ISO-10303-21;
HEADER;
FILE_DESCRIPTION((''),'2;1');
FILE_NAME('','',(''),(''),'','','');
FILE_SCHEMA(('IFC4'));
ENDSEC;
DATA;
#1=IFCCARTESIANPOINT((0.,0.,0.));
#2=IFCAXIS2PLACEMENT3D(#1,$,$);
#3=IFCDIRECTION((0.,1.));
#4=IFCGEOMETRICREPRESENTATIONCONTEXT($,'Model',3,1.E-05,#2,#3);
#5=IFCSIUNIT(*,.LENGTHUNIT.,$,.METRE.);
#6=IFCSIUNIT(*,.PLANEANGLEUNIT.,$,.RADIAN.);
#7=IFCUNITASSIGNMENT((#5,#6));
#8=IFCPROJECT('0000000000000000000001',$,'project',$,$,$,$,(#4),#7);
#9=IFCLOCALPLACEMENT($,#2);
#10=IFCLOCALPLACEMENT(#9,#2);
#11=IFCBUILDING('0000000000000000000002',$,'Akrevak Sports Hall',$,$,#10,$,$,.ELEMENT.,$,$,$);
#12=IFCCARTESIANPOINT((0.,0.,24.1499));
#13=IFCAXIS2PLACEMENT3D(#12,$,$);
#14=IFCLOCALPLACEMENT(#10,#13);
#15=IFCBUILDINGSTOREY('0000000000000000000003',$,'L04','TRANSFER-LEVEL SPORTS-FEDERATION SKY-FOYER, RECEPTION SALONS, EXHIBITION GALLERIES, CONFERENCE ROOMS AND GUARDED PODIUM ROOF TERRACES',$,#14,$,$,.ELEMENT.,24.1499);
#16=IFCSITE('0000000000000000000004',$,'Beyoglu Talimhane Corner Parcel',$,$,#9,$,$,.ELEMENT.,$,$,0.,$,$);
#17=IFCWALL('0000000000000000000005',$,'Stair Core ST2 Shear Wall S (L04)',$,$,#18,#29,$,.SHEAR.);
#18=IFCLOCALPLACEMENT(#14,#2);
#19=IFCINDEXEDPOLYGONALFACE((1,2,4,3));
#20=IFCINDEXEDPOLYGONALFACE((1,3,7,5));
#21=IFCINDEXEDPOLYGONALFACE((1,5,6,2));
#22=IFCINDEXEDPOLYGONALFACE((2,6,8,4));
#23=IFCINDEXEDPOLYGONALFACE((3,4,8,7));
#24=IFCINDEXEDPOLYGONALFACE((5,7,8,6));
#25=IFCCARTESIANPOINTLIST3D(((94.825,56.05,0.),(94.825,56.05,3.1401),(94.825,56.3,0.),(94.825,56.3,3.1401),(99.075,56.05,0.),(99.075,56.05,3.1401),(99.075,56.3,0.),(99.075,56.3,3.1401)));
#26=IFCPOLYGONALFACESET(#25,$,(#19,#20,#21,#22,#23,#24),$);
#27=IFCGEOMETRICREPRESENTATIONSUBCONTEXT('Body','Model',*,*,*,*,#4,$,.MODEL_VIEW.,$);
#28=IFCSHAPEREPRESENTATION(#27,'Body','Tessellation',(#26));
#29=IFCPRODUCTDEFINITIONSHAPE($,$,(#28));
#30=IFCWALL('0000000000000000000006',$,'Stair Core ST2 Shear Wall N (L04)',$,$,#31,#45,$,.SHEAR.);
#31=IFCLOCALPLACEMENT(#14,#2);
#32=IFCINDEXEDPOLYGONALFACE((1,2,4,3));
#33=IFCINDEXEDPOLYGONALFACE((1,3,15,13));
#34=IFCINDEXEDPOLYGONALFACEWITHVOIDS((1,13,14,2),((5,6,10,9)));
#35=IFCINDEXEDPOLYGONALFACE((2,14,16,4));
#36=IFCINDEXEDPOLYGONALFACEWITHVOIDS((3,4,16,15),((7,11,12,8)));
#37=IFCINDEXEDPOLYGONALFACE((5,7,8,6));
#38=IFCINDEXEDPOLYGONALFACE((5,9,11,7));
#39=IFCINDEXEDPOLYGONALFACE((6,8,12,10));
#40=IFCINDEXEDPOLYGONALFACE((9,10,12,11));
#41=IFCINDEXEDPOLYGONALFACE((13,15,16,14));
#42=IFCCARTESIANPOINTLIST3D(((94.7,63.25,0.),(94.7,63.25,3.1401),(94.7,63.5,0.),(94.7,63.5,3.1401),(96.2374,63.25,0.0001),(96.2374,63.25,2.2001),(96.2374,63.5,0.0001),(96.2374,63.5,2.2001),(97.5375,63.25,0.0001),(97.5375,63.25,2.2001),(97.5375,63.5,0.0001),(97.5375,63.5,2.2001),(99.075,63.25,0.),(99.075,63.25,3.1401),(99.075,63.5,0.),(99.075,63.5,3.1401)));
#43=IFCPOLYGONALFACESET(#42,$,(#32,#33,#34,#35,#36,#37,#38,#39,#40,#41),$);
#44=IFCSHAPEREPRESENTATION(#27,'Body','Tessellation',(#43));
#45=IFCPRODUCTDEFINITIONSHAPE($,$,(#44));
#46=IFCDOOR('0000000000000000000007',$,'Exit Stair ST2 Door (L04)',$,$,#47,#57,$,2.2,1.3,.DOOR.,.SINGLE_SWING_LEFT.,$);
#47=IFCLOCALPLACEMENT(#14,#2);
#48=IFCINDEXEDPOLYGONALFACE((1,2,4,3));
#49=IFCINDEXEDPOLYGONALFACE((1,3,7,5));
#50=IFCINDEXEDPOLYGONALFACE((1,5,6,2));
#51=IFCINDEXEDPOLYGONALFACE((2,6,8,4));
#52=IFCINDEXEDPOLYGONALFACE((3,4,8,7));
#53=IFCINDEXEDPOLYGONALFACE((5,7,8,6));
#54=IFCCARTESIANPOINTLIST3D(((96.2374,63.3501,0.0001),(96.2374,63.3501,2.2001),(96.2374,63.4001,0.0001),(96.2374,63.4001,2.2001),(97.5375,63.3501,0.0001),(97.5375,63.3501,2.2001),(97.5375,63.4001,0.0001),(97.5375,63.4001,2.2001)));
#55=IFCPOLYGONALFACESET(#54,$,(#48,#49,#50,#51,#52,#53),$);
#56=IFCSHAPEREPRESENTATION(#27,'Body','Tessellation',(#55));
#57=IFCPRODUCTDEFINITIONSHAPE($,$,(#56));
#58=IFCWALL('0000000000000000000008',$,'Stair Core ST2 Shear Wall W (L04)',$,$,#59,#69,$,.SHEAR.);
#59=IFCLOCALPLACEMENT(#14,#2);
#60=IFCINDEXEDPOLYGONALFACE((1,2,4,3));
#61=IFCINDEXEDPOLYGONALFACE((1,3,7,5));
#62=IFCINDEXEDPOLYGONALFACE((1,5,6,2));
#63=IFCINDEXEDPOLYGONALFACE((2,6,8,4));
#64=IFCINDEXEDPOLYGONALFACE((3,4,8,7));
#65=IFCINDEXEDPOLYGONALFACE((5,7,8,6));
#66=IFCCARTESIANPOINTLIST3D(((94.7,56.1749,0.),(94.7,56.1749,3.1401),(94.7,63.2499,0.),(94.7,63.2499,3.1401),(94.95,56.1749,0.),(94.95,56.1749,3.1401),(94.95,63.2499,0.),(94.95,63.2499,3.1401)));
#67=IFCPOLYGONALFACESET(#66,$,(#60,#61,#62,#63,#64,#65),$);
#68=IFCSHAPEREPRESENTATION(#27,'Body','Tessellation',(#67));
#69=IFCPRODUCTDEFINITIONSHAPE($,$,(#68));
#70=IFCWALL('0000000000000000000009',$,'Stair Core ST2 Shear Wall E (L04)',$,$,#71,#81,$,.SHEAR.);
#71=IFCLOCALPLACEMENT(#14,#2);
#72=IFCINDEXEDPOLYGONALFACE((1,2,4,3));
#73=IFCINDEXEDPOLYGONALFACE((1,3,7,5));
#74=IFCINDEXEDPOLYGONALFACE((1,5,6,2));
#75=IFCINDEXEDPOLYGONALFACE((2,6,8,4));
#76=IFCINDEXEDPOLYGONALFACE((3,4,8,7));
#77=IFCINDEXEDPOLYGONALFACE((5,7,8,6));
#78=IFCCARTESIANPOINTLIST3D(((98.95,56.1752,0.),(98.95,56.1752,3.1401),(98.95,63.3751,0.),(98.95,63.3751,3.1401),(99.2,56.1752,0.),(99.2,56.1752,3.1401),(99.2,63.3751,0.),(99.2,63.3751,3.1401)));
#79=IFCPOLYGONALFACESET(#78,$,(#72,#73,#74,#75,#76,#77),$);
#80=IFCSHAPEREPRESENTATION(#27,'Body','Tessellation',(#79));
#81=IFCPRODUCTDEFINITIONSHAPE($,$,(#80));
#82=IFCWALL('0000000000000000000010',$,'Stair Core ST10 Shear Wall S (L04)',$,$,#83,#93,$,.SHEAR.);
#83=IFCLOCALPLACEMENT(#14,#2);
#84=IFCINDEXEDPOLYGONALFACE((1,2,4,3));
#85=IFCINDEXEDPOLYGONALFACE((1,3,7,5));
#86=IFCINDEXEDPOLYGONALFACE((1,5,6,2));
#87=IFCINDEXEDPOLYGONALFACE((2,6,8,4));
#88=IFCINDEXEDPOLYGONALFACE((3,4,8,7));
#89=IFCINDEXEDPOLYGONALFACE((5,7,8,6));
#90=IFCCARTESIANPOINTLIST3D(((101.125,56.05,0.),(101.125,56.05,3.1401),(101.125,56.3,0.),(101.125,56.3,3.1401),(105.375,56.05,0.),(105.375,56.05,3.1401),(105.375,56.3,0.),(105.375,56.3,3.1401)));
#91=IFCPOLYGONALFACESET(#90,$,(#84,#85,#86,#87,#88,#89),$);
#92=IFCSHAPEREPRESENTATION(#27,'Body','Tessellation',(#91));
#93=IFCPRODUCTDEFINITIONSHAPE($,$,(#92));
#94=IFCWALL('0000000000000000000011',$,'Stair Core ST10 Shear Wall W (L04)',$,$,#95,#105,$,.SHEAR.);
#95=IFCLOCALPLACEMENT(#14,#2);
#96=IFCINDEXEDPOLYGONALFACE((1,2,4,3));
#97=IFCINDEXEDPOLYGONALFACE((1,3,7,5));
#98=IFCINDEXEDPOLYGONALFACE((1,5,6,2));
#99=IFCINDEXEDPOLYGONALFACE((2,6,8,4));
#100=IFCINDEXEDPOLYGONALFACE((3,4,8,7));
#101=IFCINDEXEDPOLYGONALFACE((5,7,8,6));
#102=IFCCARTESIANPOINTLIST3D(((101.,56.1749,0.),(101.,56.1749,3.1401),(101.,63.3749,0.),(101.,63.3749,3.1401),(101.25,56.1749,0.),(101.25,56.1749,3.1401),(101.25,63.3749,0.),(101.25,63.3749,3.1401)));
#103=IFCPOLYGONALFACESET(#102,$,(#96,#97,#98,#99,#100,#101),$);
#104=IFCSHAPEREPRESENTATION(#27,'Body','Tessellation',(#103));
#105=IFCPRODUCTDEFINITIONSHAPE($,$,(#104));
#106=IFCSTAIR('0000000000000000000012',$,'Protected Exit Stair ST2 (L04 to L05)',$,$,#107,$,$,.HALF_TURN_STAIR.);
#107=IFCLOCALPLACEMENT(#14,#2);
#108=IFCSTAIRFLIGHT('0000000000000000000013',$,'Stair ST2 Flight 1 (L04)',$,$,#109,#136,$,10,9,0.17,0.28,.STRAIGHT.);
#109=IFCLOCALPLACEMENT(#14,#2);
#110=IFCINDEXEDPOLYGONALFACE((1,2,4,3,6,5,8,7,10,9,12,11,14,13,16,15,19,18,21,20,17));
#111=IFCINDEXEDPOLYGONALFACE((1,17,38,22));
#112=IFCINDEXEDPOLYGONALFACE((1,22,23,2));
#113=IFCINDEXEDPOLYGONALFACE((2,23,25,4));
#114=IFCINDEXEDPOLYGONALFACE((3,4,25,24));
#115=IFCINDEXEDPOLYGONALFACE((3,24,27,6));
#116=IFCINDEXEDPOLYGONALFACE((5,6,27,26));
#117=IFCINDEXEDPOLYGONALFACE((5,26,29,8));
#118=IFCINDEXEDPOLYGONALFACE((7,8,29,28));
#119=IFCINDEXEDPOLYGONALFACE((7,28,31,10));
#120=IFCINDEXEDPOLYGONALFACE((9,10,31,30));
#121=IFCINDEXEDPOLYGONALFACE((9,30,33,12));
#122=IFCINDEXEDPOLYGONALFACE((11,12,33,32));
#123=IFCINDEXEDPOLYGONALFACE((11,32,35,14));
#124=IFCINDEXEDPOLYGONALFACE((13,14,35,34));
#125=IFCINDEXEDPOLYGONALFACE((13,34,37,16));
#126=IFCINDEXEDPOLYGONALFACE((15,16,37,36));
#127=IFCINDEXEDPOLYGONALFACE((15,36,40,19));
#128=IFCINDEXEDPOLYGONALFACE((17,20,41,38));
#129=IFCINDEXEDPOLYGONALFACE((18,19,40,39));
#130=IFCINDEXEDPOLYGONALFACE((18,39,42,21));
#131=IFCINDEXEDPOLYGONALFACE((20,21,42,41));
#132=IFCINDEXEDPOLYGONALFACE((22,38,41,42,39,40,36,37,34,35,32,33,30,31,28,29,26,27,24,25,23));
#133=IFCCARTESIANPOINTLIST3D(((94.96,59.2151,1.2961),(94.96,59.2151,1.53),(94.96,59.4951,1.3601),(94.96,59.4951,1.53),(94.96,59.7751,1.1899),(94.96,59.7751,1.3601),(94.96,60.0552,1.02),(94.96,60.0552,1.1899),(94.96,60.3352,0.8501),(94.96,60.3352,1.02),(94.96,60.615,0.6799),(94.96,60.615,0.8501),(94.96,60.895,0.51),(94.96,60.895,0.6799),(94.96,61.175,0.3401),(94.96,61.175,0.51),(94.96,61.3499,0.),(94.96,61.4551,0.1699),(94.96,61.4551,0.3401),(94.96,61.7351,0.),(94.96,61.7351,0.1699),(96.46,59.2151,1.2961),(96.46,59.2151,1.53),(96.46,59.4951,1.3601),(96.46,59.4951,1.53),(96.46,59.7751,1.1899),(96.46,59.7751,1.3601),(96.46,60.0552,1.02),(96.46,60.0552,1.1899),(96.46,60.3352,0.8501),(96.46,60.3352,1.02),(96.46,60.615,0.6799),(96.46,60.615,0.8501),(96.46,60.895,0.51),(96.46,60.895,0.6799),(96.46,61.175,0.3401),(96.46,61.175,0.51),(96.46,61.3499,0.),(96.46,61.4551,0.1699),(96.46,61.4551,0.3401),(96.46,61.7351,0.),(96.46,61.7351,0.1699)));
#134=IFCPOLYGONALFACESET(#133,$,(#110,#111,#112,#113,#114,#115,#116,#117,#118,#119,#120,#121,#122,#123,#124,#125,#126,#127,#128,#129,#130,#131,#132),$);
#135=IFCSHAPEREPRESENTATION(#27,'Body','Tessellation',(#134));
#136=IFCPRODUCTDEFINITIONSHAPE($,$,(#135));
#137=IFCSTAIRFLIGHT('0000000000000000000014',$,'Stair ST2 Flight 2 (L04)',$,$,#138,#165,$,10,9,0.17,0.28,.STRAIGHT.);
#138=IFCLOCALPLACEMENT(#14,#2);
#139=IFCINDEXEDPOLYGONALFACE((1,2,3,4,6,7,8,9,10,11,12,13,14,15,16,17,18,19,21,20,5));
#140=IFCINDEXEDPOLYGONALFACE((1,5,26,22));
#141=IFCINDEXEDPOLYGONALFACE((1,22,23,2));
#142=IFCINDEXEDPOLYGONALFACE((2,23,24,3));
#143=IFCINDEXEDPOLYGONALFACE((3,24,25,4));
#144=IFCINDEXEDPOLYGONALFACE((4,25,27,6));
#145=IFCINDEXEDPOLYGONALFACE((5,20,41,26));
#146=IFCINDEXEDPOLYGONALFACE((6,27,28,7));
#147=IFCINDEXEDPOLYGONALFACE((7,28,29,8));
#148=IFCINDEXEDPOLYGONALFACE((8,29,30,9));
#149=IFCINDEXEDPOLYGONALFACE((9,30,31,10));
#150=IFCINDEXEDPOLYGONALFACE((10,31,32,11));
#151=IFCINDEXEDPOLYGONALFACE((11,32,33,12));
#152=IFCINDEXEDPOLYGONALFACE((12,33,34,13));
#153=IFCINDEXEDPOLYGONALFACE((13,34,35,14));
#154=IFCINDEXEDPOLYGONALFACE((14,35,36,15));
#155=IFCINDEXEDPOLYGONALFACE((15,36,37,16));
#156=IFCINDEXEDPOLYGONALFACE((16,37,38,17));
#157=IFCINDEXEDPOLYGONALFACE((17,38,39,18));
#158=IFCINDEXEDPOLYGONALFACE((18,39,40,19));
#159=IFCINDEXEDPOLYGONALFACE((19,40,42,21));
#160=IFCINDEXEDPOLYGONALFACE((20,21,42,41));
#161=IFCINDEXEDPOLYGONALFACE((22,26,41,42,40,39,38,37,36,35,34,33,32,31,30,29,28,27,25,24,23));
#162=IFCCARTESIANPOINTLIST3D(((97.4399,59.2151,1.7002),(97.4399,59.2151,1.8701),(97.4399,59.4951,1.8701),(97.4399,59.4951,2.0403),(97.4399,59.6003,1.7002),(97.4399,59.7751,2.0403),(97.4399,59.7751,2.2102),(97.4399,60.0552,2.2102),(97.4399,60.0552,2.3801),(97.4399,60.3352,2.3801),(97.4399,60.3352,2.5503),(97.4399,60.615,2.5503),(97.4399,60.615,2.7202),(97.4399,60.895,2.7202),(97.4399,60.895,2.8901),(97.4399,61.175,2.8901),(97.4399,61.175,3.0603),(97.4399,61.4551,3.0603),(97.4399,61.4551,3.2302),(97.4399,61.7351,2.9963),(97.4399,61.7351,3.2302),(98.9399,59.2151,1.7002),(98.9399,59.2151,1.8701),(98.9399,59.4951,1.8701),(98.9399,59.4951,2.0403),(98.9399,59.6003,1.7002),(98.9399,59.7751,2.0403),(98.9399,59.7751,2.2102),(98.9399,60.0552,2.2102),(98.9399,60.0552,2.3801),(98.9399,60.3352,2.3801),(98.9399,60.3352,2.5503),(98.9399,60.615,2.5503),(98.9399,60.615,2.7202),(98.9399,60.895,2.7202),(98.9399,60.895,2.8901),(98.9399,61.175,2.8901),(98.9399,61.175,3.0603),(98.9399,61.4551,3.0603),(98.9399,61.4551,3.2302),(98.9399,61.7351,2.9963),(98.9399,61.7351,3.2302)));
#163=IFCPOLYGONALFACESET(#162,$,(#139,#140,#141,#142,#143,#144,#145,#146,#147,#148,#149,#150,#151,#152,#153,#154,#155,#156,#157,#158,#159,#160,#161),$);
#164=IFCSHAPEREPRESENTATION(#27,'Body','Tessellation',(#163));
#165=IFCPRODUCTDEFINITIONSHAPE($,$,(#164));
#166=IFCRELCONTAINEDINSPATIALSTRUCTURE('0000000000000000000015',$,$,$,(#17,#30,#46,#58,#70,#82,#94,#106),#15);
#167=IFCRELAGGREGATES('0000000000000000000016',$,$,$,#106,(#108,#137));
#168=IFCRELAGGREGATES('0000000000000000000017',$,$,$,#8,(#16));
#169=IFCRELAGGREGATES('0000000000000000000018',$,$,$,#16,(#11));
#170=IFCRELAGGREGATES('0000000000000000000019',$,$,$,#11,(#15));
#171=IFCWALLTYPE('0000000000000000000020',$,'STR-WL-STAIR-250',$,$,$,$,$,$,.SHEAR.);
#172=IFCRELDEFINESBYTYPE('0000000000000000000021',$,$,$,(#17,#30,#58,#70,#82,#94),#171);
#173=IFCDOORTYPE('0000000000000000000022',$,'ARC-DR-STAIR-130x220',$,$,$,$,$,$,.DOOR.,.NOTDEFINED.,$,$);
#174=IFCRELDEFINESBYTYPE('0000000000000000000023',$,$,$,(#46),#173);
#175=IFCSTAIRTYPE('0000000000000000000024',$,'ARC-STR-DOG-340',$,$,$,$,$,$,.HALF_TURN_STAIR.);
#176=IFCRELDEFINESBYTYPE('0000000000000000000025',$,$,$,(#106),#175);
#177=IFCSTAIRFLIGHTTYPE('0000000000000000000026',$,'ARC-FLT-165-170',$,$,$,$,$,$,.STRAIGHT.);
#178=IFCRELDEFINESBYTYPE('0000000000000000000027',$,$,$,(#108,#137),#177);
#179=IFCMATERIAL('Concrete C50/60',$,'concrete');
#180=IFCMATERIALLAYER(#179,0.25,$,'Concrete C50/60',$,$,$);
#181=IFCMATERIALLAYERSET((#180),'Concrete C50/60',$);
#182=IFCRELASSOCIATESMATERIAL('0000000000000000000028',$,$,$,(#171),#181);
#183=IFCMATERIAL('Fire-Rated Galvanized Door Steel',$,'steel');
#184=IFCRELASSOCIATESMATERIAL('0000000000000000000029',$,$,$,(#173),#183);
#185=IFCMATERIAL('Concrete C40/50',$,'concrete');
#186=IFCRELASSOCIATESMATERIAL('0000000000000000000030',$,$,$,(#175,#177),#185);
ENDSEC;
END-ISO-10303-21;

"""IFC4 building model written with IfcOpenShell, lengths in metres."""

from ifc_helpers import new_model, si_unit, direction, frame, frame_2d, origin, place, context, subcontext, project, spatial, polyline, rectangle, outline, extrude, material, layer, layer_set, type_object, element, fill, aggregate, save


model = new_model("IFC4")

# Units and contexts
model_context = context("Model", 3, precision=1e-05, world=origin(), true_north=direction((0.0, 1.0)))
body_context = subcontext(model_context, "Body", "Model", "MODEL_VIEW")
ifc_project = project(units=[si_unit("LENGTHUNIT", "METRE"), si_unit("PLANEANGLEUNIT", "RADIAN")], contexts=[model_context])

# Site, building, storey
site_placement = place(None, origin())
site = spatial("IfcSite", under=ifc_project, at=site_placement, Name="Beyoglu Talimhane Corner Parcel", CompositionType="ELEMENT", RefElevation=0.0)
building_placement = place(site_placement, origin())
building = spatial("IfcBuilding", under=site, at=building_placement, Name="Akrevak Sports Hall", CompositionType="ELEMENT")
storey_placement = place(building_placement, frame((0.0, 0.0, 24.1499)))
storey = spatial("IfcBuildingStorey", under=building, at=storey_placement, Name="L04", Description="TRANSFER-LEVEL SPORTS-FEDERATION SKY-FOYER, RECEPTION SALONS, EXHIBITION GALLERIES, CONFERENCE ROOMS AND GUARDED PODIUM ROOF TERRACES", CompositionType="ELEMENT", Elevation=24.1499)

# Shared definitions
ifc_material_1 = material(Name="Concrete C50/60", Category="concrete")
ifc_material_2 = material(Name="Concrete C40/50", Category="concrete")

# Wall
ifc_layer_1 = layer(ifc_material_1, 0.25, Name="Concrete C50/60")
ifc_layer_set_1 = layer_set([ifc_layer_1], Name="Concrete C50/60")
wall_type_1 = type_object("IfcWallType", Name="STR-WL-STAIR-250", PredefinedType="SHEAR", material=ifc_layer_set_1)
wall_1_placement = place(storey_placement, frame((94.825, 56.175, 0.0), z_axis=(0.0, 0.0, 1.0), x_axis=(1.0, 0.0, 0.0)))
element("IfcWall", 1, at=wall_1_placement, inside=storey, type_object=wall_type_1, Name="Stair Core ST2 Shear Wall S (L04)", PredefinedType="SHEAR", context=body_context, shape_type="SweptSolid", body=[
    extrude(rectangle(XDim=4.25, YDim=0.25, at=frame_2d((2.125, 0.0))), origin(), (0.0, 0.0, 1.0), 3.1401),
])

# Wall, opening, door
wall_2_placement = place(storey_placement, frame((99.075, 63.375, 0.0), z_axis=(0.0, 0.0, 1.0), x_axis=(-1.0, 0.0, 0.0)))
wall_2 = element("IfcWall", 2, at=wall_2_placement, inside=storey, type_object=wall_type_1, Name="Stair Core ST2 Shear Wall N (L04)", PredefinedType="SHEAR", context=body_context, shape_type="SweptSolid", body=[
    extrude(rectangle(XDim=4.375, YDim=0.25, at=frame_2d((2.1875, 0.0))), origin(), (0.0, 0.0, 1.0), 3.1401),
])
opening_placement = place(wall_2_placement, frame((1.5376, 0.0, 0.0)))
opening = element("IfcOpeningElement", 3, at=opening_placement, cuts=wall_2, PredefinedType="OPENING", context=body_context, shape_type="SweptSolid", body=[
    extrude(rectangle(XDim=1.3, YDim=2.2, at=frame_2d((0.6499, 1.1001))), frame((0.0, 0.137, 0.0), z_axis=(0.0, -1.0, 0.0), x_axis=(1.0, 0.0, 0.0)), (0.0, 0.0, 1.0), 0.2739),
])
ifc_material_3 = material(Name="Fire-Rated Galvanized Door Steel", Category="steel")
door_type = type_object("IfcDoorType", Name="ARC-DR-STAIR-130x220", OperationType="NOTDEFINED", PredefinedType="DOOR", material=ifc_material_3)
door_placement = place(opening_placement, origin())
door = element("IfcDoor", 4, at=door_placement, inside=storey, type_object=door_type, Name="Exit Stair ST2 Door (L04)", OperationType="SINGLE_SWING_LEFT", OverallHeight=2.2, OverallWidth=1.3, PredefinedType="DOOR", context=body_context, shape_type="SweptSolid", body=[
    extrude(rectangle(XDim=1.3, YDim=2.2, at=frame_2d((0.6499, 1.1001))), frame((0.0, 0.0249, 0.0), z_axis=(0.0, -1.0, 0.0), x_axis=(1.0, 0.0, 0.0)), (0.0, 0.0, 1.0), 0.05),
])
fill(opening, door)

# Walls
wall_3_placement = place(storey_placement, frame((94.825, 63.25, 0.0), z_axis=(0.0, 0.0, 1.0), x_axis=(0.0, -1.0, 0.0)))
element("IfcWall", 5, at=wall_3_placement, inside=storey, type_object=wall_type_1, Name="Stair Core ST2 Shear Wall W (L04)", PredefinedType="SHEAR", context=body_context, shape_type="SweptSolid", body=[
    extrude(rectangle(XDim=7.075, YDim=0.25, at=frame_2d((3.5376, 0.0))), origin(), (0.0, 0.0, 1.0), 3.1401),
])
wall_4_placement = place(storey_placement, frame((99.075, 56.175, 0.0), z_axis=(0.0, 0.0, 1.0), x_axis=(0.0, 1.0, 0.0)))
element("IfcWall", 6, at=wall_4_placement, inside=storey, type_object=wall_type_1, Name="Stair Core ST2 Shear Wall E (L04)", PredefinedType="SHEAR", context=body_context, shape_type="SweptSolid", body=[
    extrude(rectangle(XDim=7.2, YDim=0.25, at=frame_2d((3.6001, 0.0))), origin(), (0.0, 0.0, 1.0), 3.1401),
])
wall_5_placement = place(storey_placement, frame((101.125, 56.175, 0.0), z_axis=(0.0, 0.0, 1.0), x_axis=(1.0, 0.0, 0.0)))
element("IfcWall", 7, at=wall_5_placement, inside=storey, type_object=wall_type_1, Name="Stair Core ST10 Shear Wall S (L04)", PredefinedType="SHEAR", context=body_context, shape_type="SweptSolid", body=[
    extrude(rectangle(XDim=4.25, YDim=0.25, at=frame_2d((2.125, 0.0))), origin(), (0.0, 0.0, 1.0), 3.1401),
])
wall_6_placement = place(storey_placement, frame((101.125, 63.375, 0.0), z_axis=(0.0, 0.0, 1.0), x_axis=(0.0, -1.0, 0.0)))
element("IfcWall", 8, at=wall_6_placement, inside=storey, type_object=wall_type_1, Name="Stair Core ST10 Shear Wall W (L04)", PredefinedType="SHEAR", context=body_context, shape_type="SweptSolid", body=[
    extrude(rectangle(XDim=7.2, YDim=0.25, at=frame_2d((3.6001, 0.0))), origin(), (0.0, 0.0, 1.0), 3.1401),
])

# Stair, stair flights
stair_type = type_object("IfcStairType", Name="ARC-STR-DOG-340", PredefinedType="HALF_TURN_STAIR", material=ifc_material_2)
stair_1_placement = place(storey_placement, origin())
stair_1 = element("IfcStair", 9, at=stair_1_placement, inside=storey, type_object=stair_type, Name="Protected Exit Stair ST2 (L04 to L05)", PredefinedType="HALF_TURN_STAIR")
stair_flight_type = type_object("IfcStairFlightType", Name="ARC-FLT-165-170", PredefinedType="STRAIGHT", material=ifc_material_2)
stair_flight_1_placement = place(storey_placement, frame((95.71, 61.7351, 0.0), z_axis=(0.0, 0.0, 1.0), x_axis=(0.0, -1.0, 0.0)))
stair_flight_1 = element("IfcStairFlight", 10, at=stair_flight_1_placement, type_object=stair_flight_type, Name="Stair ST2 Flight 1 (L04)", NumberOfRisers=10, NumberOfTreads=9, PredefinedType="STRAIGHT", RiserHeight=0.17, TreadLength=0.28, context=body_context, shape_type="SweptSolid", body=[
    extrude(outline(polyline([(0.0, 0.0), (0.0, 0.1699), (0.28, 0.1699), (0.28, 0.3401), (0.5601, 0.3401), (0.5601, 0.51), (0.8401, 0.51), (0.8401, 0.6799), (1.1201, 0.6799), (1.1201, 0.8501), (1.3999, 0.8501), (1.3999, 1.02), (1.6799, 1.02), (1.6799, 1.1899), (1.96, 1.1899), (1.96, 1.3601), (2.24, 1.3601), (2.24, 1.53), (2.52, 1.53), (2.52, 1.7), (2.52, 1.2961), (0.3853, 0.0), (0.0, 0.0)])), frame((0.0, 0.75, 0.0), z_axis=(0.0, -1.0, 0.0), x_axis=(1.0, 0.0, 0.0)), (0.0, 0.0, 1.0), 1.5),
])
stair_flight_2_placement = place(storey_placement, frame((98.1899, 59.2151, 1.7002), z_axis=(0.0, 0.0, 1.0), x_axis=(0.0, 1.0, 0.0)))
stair_flight_2 = element("IfcStairFlight", 11, at=stair_flight_2_placement, type_object=stair_flight_type, Name="Stair ST2 Flight 2 (L04)", NumberOfRisers=10, NumberOfTreads=9, PredefinedType="STRAIGHT", RiserHeight=0.17, TreadLength=0.28, context=body_context, shape_type="SweptSolid", body=[
    extrude(outline(polyline([(0.0, 0.0), (0.0, 0.1699), (0.28, 0.1699), (0.28, 0.3401), (0.5601, 0.3401), (0.5601, 0.51), (0.8401, 0.51), (0.8401, 0.6799), (1.1201, 0.6799), (1.1201, 0.8501), (1.3999, 0.8501), (1.3999, 1.02), (1.6799, 1.02), (1.6799, 1.1899), (1.96, 1.1899), (1.96, 1.3601), (2.24, 1.3601), (2.24, 1.53), (2.52, 1.53), (2.52, 1.7), (2.52, 1.2961), (0.3853, 0.0), (0.0, 0.0)])), frame((0.0, 0.75, 0.0), z_axis=(0.0, -1.0, 0.0), x_axis=(1.0, 0.0, 0.0)), (0.0, 0.0, 1.0), 1.5),
])
aggregate(stair_1, [stair_flight_1, stair_flight_2])

save(model, "model.ifc")
